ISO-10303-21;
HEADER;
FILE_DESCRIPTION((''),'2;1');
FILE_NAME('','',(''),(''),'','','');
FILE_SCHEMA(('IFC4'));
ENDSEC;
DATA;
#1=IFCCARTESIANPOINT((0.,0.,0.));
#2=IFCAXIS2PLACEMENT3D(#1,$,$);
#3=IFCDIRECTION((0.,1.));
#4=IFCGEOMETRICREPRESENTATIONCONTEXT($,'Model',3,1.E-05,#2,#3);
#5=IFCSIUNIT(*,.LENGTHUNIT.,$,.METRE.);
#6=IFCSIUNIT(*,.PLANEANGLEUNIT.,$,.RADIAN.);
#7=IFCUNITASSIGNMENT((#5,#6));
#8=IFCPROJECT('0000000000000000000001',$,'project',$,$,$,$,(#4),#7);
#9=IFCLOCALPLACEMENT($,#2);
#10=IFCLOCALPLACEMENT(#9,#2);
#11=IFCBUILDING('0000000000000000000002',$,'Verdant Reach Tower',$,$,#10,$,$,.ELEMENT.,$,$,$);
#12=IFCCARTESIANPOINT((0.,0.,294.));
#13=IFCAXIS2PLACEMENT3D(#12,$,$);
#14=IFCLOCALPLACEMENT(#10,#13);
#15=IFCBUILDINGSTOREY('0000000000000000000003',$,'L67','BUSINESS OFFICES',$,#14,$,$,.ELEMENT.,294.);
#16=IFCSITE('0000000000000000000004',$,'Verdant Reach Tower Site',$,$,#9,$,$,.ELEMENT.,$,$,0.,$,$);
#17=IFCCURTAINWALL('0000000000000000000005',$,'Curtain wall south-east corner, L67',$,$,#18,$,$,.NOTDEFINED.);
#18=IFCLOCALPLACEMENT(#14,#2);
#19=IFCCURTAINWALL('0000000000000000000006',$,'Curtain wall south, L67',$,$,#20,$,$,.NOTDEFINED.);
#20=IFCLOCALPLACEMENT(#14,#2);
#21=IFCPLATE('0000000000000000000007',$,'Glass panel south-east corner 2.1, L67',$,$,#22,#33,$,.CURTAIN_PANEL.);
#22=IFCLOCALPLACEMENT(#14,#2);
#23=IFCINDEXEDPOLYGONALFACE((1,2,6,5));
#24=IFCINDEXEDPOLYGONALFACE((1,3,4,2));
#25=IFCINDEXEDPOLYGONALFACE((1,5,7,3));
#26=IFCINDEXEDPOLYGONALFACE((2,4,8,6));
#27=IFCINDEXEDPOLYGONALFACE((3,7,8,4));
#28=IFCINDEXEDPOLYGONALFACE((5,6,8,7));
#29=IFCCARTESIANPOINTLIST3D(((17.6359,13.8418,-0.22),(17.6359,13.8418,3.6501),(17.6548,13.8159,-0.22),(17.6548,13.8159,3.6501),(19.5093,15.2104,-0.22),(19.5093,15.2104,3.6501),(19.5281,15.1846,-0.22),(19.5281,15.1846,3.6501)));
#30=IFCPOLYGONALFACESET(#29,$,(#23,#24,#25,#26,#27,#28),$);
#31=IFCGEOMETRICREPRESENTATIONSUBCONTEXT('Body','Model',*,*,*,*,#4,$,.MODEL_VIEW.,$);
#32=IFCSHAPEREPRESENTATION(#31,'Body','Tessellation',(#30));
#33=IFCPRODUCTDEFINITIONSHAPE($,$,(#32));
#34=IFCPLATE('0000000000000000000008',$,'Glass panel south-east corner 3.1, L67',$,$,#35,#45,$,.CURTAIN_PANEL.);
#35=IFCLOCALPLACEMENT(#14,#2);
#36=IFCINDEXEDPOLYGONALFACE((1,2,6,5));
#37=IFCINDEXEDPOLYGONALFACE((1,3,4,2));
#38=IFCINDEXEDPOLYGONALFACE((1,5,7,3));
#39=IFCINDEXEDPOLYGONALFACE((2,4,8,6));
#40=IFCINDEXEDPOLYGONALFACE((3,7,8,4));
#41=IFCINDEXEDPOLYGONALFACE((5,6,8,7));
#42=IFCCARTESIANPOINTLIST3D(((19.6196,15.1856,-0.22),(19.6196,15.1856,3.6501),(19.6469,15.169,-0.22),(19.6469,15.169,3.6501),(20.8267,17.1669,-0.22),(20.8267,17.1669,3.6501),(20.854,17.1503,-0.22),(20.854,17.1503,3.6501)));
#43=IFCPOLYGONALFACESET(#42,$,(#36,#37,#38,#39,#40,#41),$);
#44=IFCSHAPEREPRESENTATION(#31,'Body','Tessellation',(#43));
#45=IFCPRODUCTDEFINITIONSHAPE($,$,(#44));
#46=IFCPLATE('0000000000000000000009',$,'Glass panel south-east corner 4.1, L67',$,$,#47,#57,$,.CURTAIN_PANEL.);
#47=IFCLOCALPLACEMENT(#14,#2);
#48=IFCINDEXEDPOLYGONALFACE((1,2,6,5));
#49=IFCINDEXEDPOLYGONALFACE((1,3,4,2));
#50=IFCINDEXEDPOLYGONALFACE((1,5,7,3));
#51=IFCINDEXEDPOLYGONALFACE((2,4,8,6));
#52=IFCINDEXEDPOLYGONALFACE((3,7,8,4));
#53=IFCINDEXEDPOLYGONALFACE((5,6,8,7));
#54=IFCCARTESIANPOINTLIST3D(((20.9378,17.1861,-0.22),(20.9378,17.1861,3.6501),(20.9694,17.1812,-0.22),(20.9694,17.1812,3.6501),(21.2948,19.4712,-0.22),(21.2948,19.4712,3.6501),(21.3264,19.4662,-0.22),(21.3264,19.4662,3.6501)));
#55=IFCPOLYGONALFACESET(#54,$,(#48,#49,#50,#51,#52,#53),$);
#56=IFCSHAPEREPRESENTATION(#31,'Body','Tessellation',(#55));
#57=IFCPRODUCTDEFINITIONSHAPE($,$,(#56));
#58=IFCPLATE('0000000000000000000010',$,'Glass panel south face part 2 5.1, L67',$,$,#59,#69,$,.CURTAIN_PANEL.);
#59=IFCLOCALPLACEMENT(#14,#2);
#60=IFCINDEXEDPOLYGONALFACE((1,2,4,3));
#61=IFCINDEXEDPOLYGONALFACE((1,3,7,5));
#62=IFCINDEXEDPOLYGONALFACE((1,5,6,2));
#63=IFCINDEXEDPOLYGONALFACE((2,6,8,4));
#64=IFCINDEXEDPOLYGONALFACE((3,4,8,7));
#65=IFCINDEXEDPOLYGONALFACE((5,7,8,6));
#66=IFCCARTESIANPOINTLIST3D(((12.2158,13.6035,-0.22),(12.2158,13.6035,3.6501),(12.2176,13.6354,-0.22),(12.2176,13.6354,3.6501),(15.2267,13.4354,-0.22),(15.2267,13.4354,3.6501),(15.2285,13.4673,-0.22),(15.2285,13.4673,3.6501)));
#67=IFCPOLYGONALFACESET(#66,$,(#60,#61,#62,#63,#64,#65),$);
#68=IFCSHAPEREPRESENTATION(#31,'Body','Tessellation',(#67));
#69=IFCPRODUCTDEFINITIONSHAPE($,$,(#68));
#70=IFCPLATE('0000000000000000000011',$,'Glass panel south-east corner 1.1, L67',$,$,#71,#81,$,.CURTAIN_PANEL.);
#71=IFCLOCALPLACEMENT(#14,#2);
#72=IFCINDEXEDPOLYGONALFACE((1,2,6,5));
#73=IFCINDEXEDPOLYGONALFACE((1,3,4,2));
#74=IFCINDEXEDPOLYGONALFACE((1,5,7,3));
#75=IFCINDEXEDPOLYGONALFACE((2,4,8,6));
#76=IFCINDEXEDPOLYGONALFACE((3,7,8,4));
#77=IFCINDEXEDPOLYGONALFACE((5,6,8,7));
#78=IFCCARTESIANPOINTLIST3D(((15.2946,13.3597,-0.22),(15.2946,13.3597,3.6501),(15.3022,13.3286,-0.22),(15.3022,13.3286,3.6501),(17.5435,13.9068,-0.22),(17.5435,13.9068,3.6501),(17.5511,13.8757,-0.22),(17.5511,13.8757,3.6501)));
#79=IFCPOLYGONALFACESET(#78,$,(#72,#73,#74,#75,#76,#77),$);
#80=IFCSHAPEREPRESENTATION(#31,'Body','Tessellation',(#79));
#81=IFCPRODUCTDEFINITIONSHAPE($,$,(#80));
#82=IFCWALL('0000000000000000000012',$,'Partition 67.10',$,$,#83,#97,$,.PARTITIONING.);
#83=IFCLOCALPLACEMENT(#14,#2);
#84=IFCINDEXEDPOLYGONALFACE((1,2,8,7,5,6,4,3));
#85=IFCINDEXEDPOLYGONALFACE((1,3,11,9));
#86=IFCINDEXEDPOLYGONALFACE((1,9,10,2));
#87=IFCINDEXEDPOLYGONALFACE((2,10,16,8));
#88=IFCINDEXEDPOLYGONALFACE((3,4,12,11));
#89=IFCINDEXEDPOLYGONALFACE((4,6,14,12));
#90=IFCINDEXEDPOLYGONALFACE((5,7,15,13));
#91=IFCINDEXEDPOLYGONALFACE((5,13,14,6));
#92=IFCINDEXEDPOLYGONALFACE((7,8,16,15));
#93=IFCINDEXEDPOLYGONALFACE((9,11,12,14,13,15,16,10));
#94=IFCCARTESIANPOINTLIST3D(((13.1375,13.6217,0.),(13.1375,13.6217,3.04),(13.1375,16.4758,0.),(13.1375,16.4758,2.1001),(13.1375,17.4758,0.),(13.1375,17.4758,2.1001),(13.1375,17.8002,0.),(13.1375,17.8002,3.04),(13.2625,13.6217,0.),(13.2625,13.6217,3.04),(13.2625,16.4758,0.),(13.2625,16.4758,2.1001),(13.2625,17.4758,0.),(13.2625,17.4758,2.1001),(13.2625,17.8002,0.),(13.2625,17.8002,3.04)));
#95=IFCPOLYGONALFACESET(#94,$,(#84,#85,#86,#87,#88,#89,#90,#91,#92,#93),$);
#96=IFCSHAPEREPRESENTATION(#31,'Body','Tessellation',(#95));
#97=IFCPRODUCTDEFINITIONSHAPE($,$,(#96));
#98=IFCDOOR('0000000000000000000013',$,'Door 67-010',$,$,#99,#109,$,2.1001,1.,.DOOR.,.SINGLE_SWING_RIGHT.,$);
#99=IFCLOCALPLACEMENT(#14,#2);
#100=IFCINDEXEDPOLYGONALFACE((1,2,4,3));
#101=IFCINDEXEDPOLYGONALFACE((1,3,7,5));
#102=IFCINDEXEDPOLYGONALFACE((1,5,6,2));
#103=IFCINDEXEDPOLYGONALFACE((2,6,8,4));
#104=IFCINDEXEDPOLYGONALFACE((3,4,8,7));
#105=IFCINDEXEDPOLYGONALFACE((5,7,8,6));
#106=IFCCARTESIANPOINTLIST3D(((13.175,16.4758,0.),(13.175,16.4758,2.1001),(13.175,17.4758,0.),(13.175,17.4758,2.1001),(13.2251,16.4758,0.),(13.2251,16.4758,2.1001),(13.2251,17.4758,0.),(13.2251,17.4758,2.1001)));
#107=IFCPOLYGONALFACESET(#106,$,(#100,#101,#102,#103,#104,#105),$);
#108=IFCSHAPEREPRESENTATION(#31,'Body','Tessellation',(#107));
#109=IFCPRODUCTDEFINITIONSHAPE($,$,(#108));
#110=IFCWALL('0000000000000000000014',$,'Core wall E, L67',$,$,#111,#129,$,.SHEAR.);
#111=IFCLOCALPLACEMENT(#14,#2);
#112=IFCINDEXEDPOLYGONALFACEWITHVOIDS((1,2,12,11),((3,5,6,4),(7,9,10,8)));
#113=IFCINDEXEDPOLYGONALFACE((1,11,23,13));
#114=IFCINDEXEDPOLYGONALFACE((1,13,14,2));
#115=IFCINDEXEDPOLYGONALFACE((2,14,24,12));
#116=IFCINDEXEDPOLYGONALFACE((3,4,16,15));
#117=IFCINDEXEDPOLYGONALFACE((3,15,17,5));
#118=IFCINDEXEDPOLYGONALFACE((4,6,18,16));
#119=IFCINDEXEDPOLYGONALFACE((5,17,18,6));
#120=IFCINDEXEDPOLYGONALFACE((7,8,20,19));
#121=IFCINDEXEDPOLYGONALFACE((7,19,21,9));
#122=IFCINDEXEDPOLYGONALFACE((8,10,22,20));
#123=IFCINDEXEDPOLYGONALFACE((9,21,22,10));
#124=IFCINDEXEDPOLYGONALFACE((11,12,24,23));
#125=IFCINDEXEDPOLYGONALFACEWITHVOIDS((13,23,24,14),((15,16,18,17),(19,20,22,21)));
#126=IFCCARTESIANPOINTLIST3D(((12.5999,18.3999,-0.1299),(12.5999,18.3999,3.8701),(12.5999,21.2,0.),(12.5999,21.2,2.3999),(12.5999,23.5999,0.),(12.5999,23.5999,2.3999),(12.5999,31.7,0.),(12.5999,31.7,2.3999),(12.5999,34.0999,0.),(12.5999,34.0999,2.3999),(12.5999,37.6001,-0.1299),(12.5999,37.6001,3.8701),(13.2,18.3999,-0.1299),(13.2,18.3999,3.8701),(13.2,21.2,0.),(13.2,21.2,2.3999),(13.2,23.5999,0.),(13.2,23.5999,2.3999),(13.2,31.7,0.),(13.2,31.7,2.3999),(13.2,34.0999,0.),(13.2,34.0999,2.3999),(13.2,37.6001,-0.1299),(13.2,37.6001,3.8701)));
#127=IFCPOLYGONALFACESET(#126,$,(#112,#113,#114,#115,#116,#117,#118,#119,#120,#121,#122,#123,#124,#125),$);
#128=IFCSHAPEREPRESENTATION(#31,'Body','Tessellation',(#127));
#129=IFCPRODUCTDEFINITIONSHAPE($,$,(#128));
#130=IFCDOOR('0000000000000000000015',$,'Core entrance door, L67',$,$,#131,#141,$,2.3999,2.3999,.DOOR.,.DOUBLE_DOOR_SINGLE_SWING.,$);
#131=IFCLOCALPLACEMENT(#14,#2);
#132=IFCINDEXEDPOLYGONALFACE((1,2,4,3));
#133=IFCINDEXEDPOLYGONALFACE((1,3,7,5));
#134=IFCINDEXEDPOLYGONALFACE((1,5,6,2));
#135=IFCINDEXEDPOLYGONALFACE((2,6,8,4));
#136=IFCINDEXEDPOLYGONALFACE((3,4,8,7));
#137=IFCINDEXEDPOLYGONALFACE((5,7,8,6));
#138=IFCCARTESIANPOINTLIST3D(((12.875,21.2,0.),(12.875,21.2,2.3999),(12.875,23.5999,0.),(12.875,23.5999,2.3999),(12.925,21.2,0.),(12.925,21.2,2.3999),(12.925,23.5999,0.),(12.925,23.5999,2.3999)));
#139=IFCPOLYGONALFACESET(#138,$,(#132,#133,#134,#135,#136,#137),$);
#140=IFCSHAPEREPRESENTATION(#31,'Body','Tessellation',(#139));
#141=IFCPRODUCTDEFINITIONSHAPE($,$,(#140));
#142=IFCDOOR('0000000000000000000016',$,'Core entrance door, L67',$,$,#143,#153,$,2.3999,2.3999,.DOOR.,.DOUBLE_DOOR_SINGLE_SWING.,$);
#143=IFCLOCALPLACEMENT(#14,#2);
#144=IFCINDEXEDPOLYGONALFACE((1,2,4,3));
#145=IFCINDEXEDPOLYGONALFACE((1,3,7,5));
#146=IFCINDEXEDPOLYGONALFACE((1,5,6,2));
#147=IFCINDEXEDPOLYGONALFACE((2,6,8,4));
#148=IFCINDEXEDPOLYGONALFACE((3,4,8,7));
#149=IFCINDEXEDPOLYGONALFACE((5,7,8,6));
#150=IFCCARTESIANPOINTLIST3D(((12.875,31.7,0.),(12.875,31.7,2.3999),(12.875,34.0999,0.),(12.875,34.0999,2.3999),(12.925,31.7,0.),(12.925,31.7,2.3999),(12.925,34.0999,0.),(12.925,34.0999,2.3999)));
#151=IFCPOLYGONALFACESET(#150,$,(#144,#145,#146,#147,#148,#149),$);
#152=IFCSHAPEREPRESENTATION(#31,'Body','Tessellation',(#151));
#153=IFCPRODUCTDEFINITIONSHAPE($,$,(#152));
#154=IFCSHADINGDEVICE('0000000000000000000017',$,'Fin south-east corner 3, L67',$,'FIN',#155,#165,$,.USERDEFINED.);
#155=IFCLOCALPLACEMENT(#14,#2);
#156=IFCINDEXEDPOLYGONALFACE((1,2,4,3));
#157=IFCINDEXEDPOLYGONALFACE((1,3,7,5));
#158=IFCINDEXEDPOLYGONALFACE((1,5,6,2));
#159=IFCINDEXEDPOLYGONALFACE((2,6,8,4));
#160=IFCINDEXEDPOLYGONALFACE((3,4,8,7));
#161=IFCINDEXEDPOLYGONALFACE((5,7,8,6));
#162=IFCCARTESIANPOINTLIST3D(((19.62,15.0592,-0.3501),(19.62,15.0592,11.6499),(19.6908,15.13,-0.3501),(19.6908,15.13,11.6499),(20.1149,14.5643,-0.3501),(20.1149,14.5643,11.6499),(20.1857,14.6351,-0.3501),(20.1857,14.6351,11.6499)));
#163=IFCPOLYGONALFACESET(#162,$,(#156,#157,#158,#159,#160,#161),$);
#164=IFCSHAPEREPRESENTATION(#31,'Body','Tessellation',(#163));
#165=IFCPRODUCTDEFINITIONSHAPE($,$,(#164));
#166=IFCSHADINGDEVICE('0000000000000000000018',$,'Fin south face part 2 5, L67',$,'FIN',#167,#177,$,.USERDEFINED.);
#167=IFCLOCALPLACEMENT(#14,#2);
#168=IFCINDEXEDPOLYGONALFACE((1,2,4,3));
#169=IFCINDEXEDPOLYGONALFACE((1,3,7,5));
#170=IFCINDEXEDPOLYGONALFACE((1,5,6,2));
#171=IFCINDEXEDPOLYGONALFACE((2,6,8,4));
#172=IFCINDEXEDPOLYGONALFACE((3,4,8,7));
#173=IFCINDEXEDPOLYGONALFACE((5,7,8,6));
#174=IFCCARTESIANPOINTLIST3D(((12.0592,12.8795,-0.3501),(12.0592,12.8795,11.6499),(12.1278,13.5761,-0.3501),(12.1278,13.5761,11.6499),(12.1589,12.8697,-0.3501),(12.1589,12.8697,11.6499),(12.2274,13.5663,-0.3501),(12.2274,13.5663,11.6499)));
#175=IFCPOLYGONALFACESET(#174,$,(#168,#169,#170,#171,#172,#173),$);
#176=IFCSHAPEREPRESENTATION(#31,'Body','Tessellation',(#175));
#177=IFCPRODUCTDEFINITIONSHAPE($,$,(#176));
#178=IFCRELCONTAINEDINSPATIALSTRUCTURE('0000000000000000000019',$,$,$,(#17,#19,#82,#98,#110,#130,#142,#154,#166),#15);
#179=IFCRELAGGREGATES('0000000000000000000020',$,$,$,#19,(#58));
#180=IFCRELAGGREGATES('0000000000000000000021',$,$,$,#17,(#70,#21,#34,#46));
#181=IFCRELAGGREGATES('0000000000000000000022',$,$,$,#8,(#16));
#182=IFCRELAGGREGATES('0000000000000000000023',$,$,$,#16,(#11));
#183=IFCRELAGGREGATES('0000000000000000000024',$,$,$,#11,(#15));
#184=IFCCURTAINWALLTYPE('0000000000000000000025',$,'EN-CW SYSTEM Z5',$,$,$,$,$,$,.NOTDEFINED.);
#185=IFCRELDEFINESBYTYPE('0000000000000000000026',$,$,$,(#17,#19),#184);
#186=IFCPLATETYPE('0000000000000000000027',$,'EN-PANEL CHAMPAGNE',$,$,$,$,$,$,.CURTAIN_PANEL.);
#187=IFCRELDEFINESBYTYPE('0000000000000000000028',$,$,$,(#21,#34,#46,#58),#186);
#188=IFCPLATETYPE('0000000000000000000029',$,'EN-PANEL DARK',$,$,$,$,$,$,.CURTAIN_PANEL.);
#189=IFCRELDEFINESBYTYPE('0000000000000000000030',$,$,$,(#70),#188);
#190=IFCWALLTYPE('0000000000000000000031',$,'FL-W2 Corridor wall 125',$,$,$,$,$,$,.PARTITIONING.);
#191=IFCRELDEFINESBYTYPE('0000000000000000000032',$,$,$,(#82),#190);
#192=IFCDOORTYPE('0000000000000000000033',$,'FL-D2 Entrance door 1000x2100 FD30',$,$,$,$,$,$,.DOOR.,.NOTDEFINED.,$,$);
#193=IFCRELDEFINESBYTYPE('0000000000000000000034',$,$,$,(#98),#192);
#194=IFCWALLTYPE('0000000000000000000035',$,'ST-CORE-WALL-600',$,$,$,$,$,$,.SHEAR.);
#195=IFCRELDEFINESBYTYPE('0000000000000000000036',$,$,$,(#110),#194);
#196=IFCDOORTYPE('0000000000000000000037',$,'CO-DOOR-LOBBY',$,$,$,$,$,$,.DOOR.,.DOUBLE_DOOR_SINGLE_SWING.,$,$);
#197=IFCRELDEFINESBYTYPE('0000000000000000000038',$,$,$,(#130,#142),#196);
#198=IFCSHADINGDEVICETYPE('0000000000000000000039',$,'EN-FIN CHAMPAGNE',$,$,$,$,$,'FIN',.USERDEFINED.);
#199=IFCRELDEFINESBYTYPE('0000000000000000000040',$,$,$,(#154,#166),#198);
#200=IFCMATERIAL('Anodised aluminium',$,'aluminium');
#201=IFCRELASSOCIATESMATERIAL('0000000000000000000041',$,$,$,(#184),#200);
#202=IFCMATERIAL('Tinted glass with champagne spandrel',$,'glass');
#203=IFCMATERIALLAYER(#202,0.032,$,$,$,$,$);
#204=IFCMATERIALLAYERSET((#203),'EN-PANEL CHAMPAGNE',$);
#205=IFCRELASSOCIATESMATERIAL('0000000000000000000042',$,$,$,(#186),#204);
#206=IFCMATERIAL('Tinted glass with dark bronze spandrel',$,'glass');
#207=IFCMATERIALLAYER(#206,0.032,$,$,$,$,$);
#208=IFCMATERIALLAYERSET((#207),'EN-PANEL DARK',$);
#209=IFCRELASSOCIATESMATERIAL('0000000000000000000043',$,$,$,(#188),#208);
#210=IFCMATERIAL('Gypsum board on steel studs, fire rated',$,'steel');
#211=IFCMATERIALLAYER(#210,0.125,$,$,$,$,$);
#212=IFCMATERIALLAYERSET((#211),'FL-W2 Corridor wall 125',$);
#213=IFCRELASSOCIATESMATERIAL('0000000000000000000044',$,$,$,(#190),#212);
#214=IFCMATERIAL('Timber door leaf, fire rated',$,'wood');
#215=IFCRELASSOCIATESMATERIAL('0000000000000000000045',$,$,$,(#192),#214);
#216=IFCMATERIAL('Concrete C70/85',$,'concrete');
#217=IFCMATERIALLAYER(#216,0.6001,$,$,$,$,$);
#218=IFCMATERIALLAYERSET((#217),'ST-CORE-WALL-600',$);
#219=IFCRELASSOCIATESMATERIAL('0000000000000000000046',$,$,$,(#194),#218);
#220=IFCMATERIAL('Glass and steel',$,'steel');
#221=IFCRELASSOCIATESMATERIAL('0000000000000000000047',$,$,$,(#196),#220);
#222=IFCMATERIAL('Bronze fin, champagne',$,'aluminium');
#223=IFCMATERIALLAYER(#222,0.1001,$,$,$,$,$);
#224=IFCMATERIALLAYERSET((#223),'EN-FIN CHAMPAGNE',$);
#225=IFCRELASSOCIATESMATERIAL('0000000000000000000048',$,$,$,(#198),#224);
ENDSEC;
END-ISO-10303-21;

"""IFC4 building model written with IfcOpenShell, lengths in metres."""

from ifc_helpers import new_model, si_unit, direction, frame, frame_2d, origin, origin_2d, place, context, subcontext, project, spatial, rectangle, extrude, material, layer, layer_set, type_object, element, fill, aggregate, save


model = new_model("IFC4")

# Units and contexts
model_context = context("Model", 3, precision=1e-05, world=origin(), true_north=direction((0.0, 1.0)))
body_context = subcontext(model_context, "Body", "Model", "MODEL_VIEW")
ifc_project = project(units=[si_unit("LENGTHUNIT", "METRE"), si_unit("PLANEANGLEUNIT", "RADIAN")], contexts=[model_context])

# Site, building, storey
site_placement = place(None, origin())
site = spatial("IfcSite", under=ifc_project, at=site_placement, Name="Verdant Reach Tower Site", CompositionType="ELEMENT", RefElevation=0.0)
building_placement = place(site_placement, origin())
building = spatial("IfcBuilding", under=site, at=building_placement, Name="Verdant Reach Tower", CompositionType="ELEMENT")
storey_placement = place(building_placement, frame((0.0, 0.0, 294.0)))
storey = spatial("IfcBuildingStorey", under=building, at=storey_placement, Name="L67", Description="BUSINESS OFFICES", CompositionType="ELEMENT", Elevation=294.0)

# Curtain wall
ifc_material_1 = material(Name="Anodised aluminium", Category="aluminium")
curtain_wall_type = type_object("IfcCurtainWallType", Name="EN-CW SYSTEM Z5", PredefinedType="NOTDEFINED", material=ifc_material_1)
curtain_wall_1_placement = place(storey_placement, origin())
curtain_wall_1 = element("IfcCurtainWall", 1, at=curtain_wall_1_placement, inside=storey, type_object=curtain_wall_type, Name="Curtain wall south-east corner, L67", PredefinedType="NOTDEFINED")

# Curtain wall
curtain_wall_2_placement = place(storey_placement, origin())
curtain_wall_2 = element("IfcCurtainWall", 2, at=curtain_wall_2_placement, inside=storey, type_object=curtain_wall_type, Name="Curtain wall south, L67", PredefinedType="NOTDEFINED")

# Plates
ifc_material_2 = material(Name="Tinted glass with champagne spandrel", Category="glass")
ifc_layer_1 = layer(ifc_material_2, 0.032)
ifc_layer_set_1 = layer_set([ifc_layer_1], Name="EN-PANEL CHAMPAGNE")
plate_type_1 = type_object("IfcPlateType", Name="EN-PANEL CHAMPAGNE", PredefinedType="CURTAIN_PANEL", material=ifc_layer_set_1)
plate_1_placement = place(storey_placement, frame((18.582, 14.5132, -0.22), z_axis=(0.0, 0.0, 1.0), x_axis=(0.807457, 0.589927, 0.0)))
plate_1 = element("IfcPlate", 3, at=plate_1_placement, type_object=plate_type_1, Name="Glass panel south-east corner 2.1, L67", PredefinedType="CURTAIN_PANEL", context=body_context, shape_type="SweptSolid", body=[
    extrude(rectangle(XDim=2.3201, YDim=0.032, at=origin_2d()), origin(), (0.0, 0.0, 1.0), 3.8701),
])
plate_2_placement = place(storey_placement, frame((20.2368, 16.168, -0.22), z_axis=(0.0, 0.0, 1.0), x_axis=(0.520292, 0.853989, 0.0)))
plate_2 = element("IfcPlate", 4, at=plate_2_placement, type_object=plate_type_1, Name="Glass panel south-east corner 3.1, L67", PredefinedType="CURTAIN_PANEL", context=body_context, shape_type="SweptSolid", body=[
    extrude(rectangle(XDim=2.3201, YDim=0.032, at=origin_2d()), origin(), (0.0, 0.0, 1.0), 3.8701),
])
plate_3_placement = place(storey_placement, frame((21.1321, 18.3262, -0.22), z_axis=(0.0, 0.0, 1.0), x_axis=(0.154337, 0.988018, 0.0)))
plate_3 = element("IfcPlate", 5, at=plate_3_placement, type_object=plate_type_1, Name="Glass panel south-east corner 4.1, L67", PredefinedType="CURTAIN_PANEL", context=body_context, shape_type="SweptSolid", body=[
    extrude(rectangle(XDim=2.3127, YDim=0.032, at=origin_2d()), origin(), (0.0, 0.0, 1.0), 3.8701),
])
plate_4_placement = place(storey_placement, frame((13.7222, 13.5354, -0.22), z_axis=(0.0, 0.0, 1.0), x_axis=(0.998446, -0.055725, 0.0)))
plate_4 = element("IfcPlate", 6, at=plate_4_placement, type_object=plate_type_1, Name="Glass panel south face part 2 5.1, L67", PredefinedType="CURTAIN_PANEL", context=body_context, shape_type="SweptSolid", body=[
    extrude(rectangle(XDim=3.0156, YDim=0.032, at=origin_2d()), origin(), (0.0, 0.0, 1.0), 3.8701),
])
aggregate(curtain_wall_2, [plate_4])
ifc_material_3 = material(Name="Tinted glass with dark bronze spandrel", Category="glass")
ifc_layer_2 = layer(ifc_material_3, 0.032)
ifc_layer_set_2 = layer_set([ifc_layer_2], Name="EN-PANEL DARK")
plate_type_2 = type_object("IfcPlateType", Name="EN-PANEL DARK", PredefinedType="CURTAIN_PANEL", material=ifc_layer_set_2)
plate_5_placement = place(storey_placement, frame((16.4229, 13.6177, -0.22), z_axis=(0.0, 0.0, 1.0), x_axis=(0.971662, 0.236376, 0.0)))
plate_5 = element("IfcPlate", 7, at=plate_5_placement, type_object=plate_type_2, Name="Glass panel south-east corner 1.1, L67", PredefinedType="CURTAIN_PANEL", context=body_context, shape_type="SweptSolid", body=[
    extrude(rectangle(XDim=2.3145, YDim=0.032, at=origin_2d()), origin(), (0.0, 0.0, 1.0), 3.8701),
])
aggregate(curtain_wall_1, [plate_5, plate_1, plate_2, plate_3])

# Wall, opening, door
ifc_material_4 = material(Name="Gypsum board on steel studs, fire rated", Category="steel")
ifc_layer_3 = layer(ifc_material_4, 0.125)
ifc_layer_set_3 = layer_set([ifc_layer_3], Name="FL-W2 Corridor wall 125")
wall_type_1 = type_object("IfcWallType", Name="FL-W2 Corridor wall 125", PredefinedType="PARTITIONING", material=ifc_layer_set_3)
wall_1_placement = place(storey_placement, frame((13.2, 13.6216, 0.0), z_axis=(0.0, 0.0, 1.0), x_axis=(0.0, 1.0, 0.0)))
wall_1 = element("IfcWall", 8, at=wall_1_placement, inside=storey, type_object=wall_type_1, Name="Partition 67.10", PredefinedType="PARTITIONING", context=body_context, shape_type="SweptSolid", body=[
    extrude(rectangle(XDim=4.1785, YDim=0.125, at=frame_2d((2.0894, 0.0))), origin(), (0.0, 0.0, 1.0), 3.04),
])
opening_1_placement = place(wall_1_placement, frame((2.8542, 0.0, 0.0)))
opening_1 = element("IfcOpeningElement", 9, at=opening_1_placement, cuts=wall_1, PredefinedType="OPENING", context=body_context, shape_type="SweptSolid", body=[
    extrude(rectangle(XDim=1.0, YDim=2.1001, at=frame_2d((0.5, 1.05))), frame((0.0, 0.0725, 0.0), z_axis=(0.0, -1.0, 0.0), x_axis=(1.0, 0.0, 0.0)), (0.0, 0.0, 1.0), 0.145),
])
ifc_material_5 = material(Name="Timber door leaf, fire rated", Category="wood")
door_type_1 = type_object("IfcDoorType", Name="FL-D2 Entrance door 1000x2100 FD30", OperationType="NOTDEFINED", PredefinedType="DOOR", material=ifc_material_5)
door_1_placement = place(opening_1_placement, origin())
door_1 = element("IfcDoor", 10, at=door_1_placement, inside=storey, type_object=door_type_1, Name="Door 67-010", OperationType="SINGLE_SWING_RIGHT", OverallHeight=2.1001, OverallWidth=1.0, PredefinedType="DOOR", context=body_context, shape_type="SweptSolid", body=[
    extrude(rectangle(XDim=1.0, YDim=2.1001, at=frame_2d((0.5, 1.05))), frame((0.0, 0.0249, 0.0), z_axis=(0.0, -1.0, 0.0), x_axis=(1.0, 0.0, 0.0)), (0.0, 0.0, 1.0), 0.05),
])
fill(opening_1, door_1)

# Wall, openings, doors
ifc_material_6 = material(Name="Concrete C70/85", Category="concrete")
ifc_layer_4 = layer(ifc_material_6, 0.6001)
ifc_layer_set_4 = layer_set([ifc_layer_4], Name="ST-CORE-WALL-600")
wall_type_2 = type_object("IfcWallType", Name="ST-CORE-WALL-600", PredefinedType="SHEAR", material=ifc_layer_set_4)
wall_2_placement = place(storey_placement, frame((12.8999, 18.3999, -0.1299), z_axis=(0.0, 0.0, 1.0), x_axis=(0.0, 1.0, 0.0)))
wall_2 = element("IfcWall", 11, at=wall_2_placement, inside=storey, type_object=wall_type_2, Name="Core wall E, L67", PredefinedType="SHEAR", context=body_context, shape_type="SweptSolid", body=[
    extrude(rectangle(XDim=19.2002, YDim=0.6001, at=frame_2d((9.6001, 0.0))), origin(), (0.0, 0.0, 1.0), 4.0),
])
opening_2_placement = place(wall_2_placement, frame((2.8, 0.0, 0.1299)))
opening_2 = element("IfcOpeningElement", 12, at=opening_2_placement, cuts=wall_2, PredefinedType="OPENING", context=body_context, shape_type="SweptSolid", body=[
    extrude(rectangle(XDim=2.3999, YDim=2.3999, at=frame_2d((1.2, 1.2))), frame((0.0, 0.3101, 0.0), z_axis=(0.0, -1.0, 0.0), x_axis=(1.0, 0.0, 0.0)), (0.0, 0.0, 1.0), 0.6201),
])
opening_3_placement = place(wall_2_placement, frame((13.3, 0.0, 0.1299)))
opening_3 = element("IfcOpeningElement", 13, at=opening_3_placement, cuts=wall_2, PredefinedType="OPENING", context=body_context, shape_type="SweptSolid", body=[
    extrude(rectangle(XDim=2.3999, YDim=2.3999, at=frame_2d((1.2, 1.2))), frame((0.0, 0.3101, 0.0), z_axis=(0.0, -1.0, 0.0), x_axis=(1.0, 0.0, 0.0)), (0.0, 0.0, 1.0), 0.6201),
])
ifc_material_7 = material(Name="Glass and steel", Category="steel")
door_type_2 = type_object("IfcDoorType", Name="CO-DOOR-LOBBY", OperationType="DOUBLE_DOOR_SINGLE_SWING", PredefinedType="DOOR", material=ifc_material_7)
door_2_placement = place(opening_2_placement, origin())
door_2 = element("IfcDoor", 14, at=door_2_placement, inside=storey, type_object=door_type_2, Name="Core entrance door, L67", OperationType="DOUBLE_DOOR_SINGLE_SWING", OverallHeight=2.3999, OverallWidth=2.3999, PredefinedType="DOOR", context=body_context, shape_type="SweptSolid", body=[
    extrude(rectangle(XDim=2.3999, YDim=2.3999, at=frame_2d((1.2, 1.2))), frame((0.0, 0.0249, 0.0), z_axis=(0.0, -1.0, 0.0), x_axis=(1.0, 0.0, 0.0)), (0.0, 0.0, 1.0), 0.05),
])
fill(opening_2, door_2)
door_3_placement = place(opening_3_placement, origin())
door_3 = element("IfcDoor", 15, at=door_3_placement, inside=storey, type_object=door_type_2, Name="Core entrance door, L67", OperationType="DOUBLE_DOOR_SINGLE_SWING", OverallHeight=2.3999, OverallWidth=2.3999, PredefinedType="DOOR", context=body_context, shape_type="SweptSolid", body=[
    extrude(rectangle(XDim=2.3999, YDim=2.3999, at=frame_2d((1.2, 1.2))), frame((0.0, 0.0249, 0.0), z_axis=(0.0, -1.0, 0.0), x_axis=(1.0, 0.0, 0.0)), (0.0, 0.0, 1.0), 0.05),
])
fill(opening_3, door_3)

# Shading devices
ifc_material_8 = material(Name="Bronze fin, champagne", Category="aluminium")
ifc_layer_5 = layer(ifc_material_8, 0.1001)
ifc_layer_set_5 = layer_set([ifc_layer_5], Name="EN-FIN CHAMPAGNE")
shading_device_type_1 = type_object("IfcShadingDeviceType", Name="EN-FIN CHAMPAGNE", ElementType="FIN", PredefinedType="USERDEFINED", material=ifc_layer_set_5)
for number, where, z_axis, x_axis, name in (
    (16, (19.9028, 14.8472, -0.3501), (0.0, 0.0, 1.0), (0.707107, 0.707107, 0.0), "Fin south-east corner 3, L67"),
    (17, (12.1433, 13.2229, -0.3501), (0.0, 0.0, 1.0), (0.995197, -0.097888, 0.0), "Fin south face part 2 5, L67"),
):
    element("IfcShadingDevice", number, at=place(storey_placement, frame(where, z_axis=z_axis, x_axis=x_axis)), inside=storey, type_object=shading_device_type_1, Name=name, ObjectType="FIN", PredefinedType="USERDEFINED", context=body_context, shape_type="SweptSolid", body=[
        extrude(rectangle(XDim=0.1001, YDim=0.7, at=origin_2d()), origin(), (0.0, 0.0, 1.0), 12.0),
    ])

save(model, "model.ifc")
